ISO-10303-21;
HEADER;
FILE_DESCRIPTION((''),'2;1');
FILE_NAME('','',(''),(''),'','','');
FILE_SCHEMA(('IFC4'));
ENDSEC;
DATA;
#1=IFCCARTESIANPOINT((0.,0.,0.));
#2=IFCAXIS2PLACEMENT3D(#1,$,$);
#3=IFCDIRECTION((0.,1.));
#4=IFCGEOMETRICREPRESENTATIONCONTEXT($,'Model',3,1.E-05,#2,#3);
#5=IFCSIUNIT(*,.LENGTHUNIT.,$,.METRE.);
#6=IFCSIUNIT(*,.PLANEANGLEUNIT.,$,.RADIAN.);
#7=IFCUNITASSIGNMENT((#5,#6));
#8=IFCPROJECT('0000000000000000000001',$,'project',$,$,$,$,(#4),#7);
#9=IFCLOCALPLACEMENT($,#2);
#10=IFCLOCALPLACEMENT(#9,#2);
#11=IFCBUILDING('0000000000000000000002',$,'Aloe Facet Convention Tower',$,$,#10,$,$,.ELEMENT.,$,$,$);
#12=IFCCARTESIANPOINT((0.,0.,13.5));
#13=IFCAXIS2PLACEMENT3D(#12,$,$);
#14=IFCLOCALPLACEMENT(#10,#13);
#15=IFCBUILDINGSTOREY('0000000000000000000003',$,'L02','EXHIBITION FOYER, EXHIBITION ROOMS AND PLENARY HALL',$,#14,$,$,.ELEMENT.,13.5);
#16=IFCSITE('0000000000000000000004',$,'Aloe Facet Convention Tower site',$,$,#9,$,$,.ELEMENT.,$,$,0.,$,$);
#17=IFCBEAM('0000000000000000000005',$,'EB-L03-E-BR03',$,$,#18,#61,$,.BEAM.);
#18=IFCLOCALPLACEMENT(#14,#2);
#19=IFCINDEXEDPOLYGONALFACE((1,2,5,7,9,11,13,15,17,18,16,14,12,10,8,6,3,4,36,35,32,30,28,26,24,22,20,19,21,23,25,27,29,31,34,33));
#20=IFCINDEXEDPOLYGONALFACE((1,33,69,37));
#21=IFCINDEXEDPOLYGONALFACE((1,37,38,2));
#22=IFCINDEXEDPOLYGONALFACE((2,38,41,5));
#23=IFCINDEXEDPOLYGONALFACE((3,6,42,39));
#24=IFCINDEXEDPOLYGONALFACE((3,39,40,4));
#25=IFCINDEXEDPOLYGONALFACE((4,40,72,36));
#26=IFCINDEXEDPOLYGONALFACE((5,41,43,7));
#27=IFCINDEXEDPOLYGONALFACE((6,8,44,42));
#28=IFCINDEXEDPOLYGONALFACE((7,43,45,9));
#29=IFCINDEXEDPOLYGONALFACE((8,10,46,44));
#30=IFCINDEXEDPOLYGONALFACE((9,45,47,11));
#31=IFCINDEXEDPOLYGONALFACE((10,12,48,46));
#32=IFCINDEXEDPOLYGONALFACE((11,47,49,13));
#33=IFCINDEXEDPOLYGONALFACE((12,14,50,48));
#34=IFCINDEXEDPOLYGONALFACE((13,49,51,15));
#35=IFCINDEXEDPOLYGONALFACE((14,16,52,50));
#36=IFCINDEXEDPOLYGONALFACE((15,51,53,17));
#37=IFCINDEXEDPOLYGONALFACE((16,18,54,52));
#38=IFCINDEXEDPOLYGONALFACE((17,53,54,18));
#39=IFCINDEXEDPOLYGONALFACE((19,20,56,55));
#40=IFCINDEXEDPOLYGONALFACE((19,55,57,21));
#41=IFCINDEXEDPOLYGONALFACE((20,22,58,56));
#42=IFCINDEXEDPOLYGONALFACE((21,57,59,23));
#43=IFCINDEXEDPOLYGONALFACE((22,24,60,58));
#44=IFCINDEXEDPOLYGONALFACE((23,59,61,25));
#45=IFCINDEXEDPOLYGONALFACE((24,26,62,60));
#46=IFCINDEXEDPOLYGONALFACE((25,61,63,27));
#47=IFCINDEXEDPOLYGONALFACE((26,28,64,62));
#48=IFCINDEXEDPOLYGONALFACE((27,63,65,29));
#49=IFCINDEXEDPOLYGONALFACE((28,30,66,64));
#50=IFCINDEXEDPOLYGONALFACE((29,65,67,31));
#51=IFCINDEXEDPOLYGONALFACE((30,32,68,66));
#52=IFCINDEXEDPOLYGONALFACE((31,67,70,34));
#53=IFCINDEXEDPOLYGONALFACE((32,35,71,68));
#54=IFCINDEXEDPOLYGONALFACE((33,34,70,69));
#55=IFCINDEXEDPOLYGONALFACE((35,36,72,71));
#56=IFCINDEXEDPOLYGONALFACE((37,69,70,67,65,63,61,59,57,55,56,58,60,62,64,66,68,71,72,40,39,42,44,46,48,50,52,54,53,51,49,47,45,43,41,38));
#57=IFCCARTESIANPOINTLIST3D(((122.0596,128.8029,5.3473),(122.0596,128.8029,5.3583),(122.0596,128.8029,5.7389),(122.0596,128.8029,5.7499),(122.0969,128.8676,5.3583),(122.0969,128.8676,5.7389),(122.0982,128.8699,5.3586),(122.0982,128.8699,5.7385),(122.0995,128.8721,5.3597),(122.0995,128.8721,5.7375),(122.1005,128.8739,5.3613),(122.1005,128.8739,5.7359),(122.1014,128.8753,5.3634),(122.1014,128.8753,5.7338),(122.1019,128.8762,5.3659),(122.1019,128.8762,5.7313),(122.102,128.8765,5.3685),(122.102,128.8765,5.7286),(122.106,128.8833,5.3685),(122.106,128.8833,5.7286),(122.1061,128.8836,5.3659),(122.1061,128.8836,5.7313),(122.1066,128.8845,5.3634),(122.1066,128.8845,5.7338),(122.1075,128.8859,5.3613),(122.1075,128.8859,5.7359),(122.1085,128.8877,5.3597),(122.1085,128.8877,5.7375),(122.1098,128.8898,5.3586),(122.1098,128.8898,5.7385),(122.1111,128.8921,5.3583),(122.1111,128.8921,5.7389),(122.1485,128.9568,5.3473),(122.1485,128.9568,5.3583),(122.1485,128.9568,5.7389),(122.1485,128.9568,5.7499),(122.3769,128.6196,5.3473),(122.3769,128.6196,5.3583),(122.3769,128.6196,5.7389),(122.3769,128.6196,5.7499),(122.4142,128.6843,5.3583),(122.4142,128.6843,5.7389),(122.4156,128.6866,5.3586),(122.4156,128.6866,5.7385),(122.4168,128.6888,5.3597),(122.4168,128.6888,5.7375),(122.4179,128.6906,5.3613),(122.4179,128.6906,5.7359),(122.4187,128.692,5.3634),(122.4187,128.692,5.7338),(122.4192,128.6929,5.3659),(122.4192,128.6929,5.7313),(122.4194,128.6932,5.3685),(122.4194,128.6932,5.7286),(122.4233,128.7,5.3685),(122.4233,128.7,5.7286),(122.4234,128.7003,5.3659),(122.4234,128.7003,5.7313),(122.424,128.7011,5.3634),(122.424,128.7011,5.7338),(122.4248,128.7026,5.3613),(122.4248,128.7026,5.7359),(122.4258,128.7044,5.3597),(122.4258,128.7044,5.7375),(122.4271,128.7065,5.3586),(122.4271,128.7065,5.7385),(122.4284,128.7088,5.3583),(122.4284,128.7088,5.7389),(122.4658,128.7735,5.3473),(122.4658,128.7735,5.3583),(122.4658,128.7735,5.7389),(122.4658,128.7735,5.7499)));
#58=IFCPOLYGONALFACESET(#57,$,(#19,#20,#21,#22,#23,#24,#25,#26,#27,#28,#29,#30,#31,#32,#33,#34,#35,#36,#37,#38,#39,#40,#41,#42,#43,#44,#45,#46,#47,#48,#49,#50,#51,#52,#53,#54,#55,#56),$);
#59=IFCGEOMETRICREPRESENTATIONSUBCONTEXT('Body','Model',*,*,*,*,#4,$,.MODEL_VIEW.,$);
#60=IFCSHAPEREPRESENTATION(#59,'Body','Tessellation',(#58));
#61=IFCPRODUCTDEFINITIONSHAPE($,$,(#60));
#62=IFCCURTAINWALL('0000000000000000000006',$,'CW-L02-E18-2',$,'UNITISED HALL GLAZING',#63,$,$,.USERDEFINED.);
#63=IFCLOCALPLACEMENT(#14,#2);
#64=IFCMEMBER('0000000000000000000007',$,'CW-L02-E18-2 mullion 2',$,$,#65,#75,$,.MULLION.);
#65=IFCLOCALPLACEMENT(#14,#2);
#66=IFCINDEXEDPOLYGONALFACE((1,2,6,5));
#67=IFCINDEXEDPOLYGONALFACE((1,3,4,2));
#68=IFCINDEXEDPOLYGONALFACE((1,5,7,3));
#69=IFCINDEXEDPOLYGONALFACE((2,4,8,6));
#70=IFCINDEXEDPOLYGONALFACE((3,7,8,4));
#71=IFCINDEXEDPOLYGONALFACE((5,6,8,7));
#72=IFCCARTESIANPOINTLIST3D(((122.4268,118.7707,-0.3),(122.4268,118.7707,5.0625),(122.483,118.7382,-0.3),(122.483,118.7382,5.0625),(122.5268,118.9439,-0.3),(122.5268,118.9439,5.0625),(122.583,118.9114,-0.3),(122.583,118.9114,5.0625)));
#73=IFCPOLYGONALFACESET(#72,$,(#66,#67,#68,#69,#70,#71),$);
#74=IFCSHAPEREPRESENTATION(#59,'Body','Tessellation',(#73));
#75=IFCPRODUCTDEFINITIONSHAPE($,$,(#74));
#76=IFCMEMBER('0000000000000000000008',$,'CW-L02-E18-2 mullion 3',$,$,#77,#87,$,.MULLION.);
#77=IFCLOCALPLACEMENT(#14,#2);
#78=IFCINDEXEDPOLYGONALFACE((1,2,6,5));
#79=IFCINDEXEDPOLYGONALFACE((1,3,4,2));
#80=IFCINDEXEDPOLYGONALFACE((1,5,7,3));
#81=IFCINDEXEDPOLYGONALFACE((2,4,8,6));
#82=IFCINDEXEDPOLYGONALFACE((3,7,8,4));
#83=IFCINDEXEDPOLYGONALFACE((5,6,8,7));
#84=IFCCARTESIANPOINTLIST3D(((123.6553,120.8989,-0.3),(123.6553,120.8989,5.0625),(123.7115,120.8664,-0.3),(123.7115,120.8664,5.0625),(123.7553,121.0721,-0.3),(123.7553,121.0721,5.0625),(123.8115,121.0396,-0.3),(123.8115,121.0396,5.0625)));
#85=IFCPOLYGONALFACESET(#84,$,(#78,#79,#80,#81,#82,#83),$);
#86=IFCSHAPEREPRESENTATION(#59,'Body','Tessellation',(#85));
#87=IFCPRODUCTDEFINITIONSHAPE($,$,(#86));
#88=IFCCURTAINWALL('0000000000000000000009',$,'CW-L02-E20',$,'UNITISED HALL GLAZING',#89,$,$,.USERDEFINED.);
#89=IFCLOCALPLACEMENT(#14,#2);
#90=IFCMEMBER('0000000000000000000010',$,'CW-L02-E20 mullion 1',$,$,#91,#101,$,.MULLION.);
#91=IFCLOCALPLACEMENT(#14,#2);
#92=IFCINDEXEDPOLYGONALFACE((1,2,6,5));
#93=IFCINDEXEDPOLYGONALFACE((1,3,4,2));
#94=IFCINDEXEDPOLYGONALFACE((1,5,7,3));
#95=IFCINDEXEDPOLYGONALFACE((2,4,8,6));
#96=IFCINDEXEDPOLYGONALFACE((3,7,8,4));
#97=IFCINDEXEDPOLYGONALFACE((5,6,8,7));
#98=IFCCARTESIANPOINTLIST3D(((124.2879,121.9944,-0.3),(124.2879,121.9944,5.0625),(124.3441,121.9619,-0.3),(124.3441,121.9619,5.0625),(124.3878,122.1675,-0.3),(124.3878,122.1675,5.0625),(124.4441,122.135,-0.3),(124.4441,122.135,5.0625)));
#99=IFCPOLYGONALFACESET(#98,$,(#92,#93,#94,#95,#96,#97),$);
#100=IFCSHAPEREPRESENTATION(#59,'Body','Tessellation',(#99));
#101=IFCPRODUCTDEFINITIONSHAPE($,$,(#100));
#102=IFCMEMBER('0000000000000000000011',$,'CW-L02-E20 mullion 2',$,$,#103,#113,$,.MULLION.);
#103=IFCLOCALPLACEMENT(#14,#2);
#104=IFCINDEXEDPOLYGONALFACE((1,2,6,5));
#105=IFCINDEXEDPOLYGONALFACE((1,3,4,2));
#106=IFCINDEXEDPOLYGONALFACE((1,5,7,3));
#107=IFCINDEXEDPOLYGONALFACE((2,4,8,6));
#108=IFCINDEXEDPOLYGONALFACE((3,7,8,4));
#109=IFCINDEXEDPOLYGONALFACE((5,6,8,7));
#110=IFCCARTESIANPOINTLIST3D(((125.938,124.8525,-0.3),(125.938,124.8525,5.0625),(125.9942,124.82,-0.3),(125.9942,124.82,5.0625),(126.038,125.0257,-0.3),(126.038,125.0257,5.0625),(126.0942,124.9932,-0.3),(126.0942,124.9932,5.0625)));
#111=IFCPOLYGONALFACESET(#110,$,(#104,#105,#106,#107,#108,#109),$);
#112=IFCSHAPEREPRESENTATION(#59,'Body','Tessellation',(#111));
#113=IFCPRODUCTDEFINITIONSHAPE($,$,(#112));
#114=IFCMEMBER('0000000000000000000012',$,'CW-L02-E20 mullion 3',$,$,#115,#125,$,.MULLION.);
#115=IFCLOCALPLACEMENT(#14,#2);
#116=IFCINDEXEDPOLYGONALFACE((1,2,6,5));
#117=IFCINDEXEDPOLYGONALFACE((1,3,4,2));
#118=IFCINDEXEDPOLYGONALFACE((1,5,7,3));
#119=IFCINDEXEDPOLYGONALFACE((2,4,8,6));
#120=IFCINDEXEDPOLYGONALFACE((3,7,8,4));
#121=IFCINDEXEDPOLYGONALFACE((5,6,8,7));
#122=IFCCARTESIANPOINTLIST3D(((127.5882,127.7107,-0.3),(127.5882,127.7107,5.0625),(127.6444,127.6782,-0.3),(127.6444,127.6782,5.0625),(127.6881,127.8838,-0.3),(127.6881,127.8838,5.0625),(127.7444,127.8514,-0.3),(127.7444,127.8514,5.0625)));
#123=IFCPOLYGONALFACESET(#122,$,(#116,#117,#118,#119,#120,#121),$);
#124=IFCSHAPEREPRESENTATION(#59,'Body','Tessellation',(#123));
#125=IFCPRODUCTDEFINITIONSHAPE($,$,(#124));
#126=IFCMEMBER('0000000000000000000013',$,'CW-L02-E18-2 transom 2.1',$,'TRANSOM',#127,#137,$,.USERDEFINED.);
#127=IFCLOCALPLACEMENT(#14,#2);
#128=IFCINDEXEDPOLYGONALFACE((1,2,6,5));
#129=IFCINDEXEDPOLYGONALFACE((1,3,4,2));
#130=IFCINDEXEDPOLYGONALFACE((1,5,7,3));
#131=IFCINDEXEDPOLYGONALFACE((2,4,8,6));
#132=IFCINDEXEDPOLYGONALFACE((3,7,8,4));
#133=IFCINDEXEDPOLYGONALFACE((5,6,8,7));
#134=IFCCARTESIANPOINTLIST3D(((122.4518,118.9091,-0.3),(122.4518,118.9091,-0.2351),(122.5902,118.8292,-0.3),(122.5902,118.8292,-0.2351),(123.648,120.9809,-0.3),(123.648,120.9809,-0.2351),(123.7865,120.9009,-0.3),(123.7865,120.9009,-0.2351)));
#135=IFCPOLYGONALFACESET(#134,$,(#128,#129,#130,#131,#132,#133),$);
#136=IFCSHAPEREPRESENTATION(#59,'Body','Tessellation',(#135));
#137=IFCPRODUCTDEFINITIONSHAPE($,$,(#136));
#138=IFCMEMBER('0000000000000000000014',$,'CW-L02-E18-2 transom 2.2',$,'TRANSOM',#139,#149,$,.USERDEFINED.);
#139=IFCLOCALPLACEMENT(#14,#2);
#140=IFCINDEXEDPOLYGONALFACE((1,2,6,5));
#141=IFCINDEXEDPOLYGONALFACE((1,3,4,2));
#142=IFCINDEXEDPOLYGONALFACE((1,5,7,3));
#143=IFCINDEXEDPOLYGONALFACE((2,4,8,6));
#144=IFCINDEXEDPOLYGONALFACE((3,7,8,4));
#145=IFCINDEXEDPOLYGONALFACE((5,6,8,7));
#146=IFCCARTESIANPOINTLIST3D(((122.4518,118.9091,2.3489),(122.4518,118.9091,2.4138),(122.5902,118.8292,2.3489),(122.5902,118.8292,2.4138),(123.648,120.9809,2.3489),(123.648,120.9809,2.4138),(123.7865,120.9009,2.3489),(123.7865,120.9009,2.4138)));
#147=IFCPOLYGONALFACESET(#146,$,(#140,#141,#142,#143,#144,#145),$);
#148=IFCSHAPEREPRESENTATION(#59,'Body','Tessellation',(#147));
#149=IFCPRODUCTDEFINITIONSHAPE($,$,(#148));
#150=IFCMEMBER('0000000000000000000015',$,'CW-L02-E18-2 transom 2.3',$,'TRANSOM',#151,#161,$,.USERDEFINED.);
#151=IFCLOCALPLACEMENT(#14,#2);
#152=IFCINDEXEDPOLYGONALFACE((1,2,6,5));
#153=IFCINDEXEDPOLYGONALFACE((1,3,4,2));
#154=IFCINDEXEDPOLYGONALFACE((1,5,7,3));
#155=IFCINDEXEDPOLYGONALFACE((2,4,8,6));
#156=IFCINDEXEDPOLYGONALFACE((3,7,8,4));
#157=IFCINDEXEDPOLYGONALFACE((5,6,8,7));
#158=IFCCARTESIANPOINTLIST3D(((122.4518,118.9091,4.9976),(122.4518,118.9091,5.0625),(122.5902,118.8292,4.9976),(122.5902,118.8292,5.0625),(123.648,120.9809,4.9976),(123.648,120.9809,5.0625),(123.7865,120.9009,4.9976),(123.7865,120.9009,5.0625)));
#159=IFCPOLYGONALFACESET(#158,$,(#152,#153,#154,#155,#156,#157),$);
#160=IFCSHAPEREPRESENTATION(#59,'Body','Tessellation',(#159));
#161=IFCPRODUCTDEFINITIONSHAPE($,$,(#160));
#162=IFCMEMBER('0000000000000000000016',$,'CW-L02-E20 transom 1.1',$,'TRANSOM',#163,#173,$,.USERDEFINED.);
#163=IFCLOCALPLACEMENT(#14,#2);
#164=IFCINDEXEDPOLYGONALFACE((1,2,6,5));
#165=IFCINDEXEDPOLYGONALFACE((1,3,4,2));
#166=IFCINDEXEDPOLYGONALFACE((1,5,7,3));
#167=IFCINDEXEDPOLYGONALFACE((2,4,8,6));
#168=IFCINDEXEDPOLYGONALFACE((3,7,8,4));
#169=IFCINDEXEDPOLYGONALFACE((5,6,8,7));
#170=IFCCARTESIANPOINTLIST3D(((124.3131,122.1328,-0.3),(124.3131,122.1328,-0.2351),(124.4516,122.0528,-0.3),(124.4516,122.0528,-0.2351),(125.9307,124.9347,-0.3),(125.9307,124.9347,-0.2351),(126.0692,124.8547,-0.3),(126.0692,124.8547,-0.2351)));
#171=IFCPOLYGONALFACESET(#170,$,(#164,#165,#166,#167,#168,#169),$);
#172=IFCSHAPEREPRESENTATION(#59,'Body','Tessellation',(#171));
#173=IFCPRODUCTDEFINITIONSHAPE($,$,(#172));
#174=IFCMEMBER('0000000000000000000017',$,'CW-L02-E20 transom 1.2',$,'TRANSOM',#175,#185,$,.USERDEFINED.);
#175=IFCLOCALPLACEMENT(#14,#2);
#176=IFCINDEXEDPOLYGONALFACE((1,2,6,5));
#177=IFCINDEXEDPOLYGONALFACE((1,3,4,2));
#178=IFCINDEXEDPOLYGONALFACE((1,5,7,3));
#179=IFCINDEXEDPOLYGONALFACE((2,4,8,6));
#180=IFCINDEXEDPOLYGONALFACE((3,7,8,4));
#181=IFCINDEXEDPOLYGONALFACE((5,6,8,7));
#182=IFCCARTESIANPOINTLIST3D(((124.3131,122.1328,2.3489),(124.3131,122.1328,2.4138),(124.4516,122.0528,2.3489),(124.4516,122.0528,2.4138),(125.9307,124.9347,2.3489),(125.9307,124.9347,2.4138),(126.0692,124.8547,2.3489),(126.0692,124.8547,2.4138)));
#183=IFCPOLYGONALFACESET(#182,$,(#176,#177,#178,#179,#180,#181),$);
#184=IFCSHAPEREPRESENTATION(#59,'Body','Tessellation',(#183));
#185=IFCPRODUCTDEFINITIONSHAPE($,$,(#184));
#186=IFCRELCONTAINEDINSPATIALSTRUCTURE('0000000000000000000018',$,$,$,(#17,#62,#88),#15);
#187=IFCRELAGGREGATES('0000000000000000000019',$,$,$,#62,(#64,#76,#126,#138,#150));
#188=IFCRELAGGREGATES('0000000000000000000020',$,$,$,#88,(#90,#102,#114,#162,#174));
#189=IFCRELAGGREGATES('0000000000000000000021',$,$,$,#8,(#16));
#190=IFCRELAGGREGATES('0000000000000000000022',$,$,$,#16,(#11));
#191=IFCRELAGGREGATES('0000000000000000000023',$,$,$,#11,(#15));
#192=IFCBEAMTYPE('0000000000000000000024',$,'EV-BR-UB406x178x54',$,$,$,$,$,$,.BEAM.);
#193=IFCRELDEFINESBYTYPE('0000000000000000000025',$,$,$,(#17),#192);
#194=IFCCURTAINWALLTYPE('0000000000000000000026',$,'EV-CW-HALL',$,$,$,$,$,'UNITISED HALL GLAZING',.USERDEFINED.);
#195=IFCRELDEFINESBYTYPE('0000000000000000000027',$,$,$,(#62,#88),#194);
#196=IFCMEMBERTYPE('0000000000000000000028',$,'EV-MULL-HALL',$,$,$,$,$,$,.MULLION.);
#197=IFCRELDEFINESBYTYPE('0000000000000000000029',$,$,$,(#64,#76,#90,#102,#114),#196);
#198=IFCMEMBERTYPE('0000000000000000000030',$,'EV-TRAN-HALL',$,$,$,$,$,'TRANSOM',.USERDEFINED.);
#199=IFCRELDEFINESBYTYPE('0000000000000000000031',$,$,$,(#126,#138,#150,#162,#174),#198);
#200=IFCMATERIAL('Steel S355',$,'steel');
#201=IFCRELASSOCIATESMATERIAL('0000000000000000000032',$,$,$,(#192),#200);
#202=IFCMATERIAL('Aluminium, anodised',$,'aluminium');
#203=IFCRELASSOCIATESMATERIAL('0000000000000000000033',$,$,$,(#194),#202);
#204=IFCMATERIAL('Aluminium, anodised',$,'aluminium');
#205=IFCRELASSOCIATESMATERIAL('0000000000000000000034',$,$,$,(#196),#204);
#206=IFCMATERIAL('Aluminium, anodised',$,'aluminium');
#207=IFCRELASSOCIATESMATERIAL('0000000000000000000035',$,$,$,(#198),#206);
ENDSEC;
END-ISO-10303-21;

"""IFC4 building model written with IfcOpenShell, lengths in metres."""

from ifc_helpers import new_model, si_unit, direction, frame, origin, origin_2d, place, context, subcontext, project, spatial, rectangle, i_section, extrude, material, material_profile, profile_set, type_object, element, aggregate, save


model = new_model("IFC4")

# Units and contexts
model_context = context("Model", 3, precision=1e-05, world=origin(), true_north=direction((0.0, 1.0)))
body_context = subcontext(model_context, "Body", "Model", "MODEL_VIEW")
ifc_project = project(units=[si_unit("LENGTHUNIT", "METRE"), si_unit("PLANEANGLEUNIT", "RADIAN")], contexts=[model_context])

# Site, building, storey
site_placement = place(None, origin())
site = spatial("IfcSite", under=ifc_project, at=site_placement, Name="Aloe Facet Convention Tower site", CompositionType="ELEMENT", RefElevation=0.0)
building_placement = place(site_placement, origin())
building = spatial("IfcBuilding", under=site, at=building_placement, Name="Aloe Facet Convention Tower", CompositionType="ELEMENT")
storey_placement = place(building_placement, frame((0.0, 0.0, 13.5)))
storey = spatial("IfcBuildingStorey", under=building, at=storey_placement, Name="L02", Description="EXHIBITION FOYER, EXHIBITION ROOMS AND PLENARY HALL", CompositionType="ELEMENT", Elevation=13.5)

# Beam
ifc_material_1 = material(Name="Steel S355", Category="steel")
ifc_material_profile_1 = material_profile(ifc_material_1, i_section(OverallWidth=0.1777, OverallDepth=0.4026, WebThickness=0.0078, FlangeThickness=0.011, FilletRadius=0.0103, at=origin_2d()), Name="UB 406x178x54")
ifc_profile_set_1 = profile_set([ifc_material_profile_1], Name="Steel S355")
beam_type_1 = type_object("IfcBeamType", Name="EV-BR-UB406x178x54", PredefinedType="BEAM", material=ifc_profile_set_1)
beam_1_placement = place(storey_placement, frame((122.104, 128.8799, 5.5486), z_axis=(0.865897, -0.500222, 0.0), x_axis=(0.500222, 0.865897, 0.0)))
element("IfcBeam", 1, at=beam_1_placement, inside=storey, type_object=beam_type_1, Name="EB-L03-E-BR03", PredefinedType="BEAM", context=body_context, shape_type="SweptSolid", body=[
    extrude(i_section(OverallWidth=0.1777, OverallDepth=0.4026, WebThickness=0.0078, FlangeThickness=0.011, FilletRadius=0.0103, at=origin_2d()), origin(), (0.0, 0.0, 1.0), 0.3665),
])

# Curtain walls, members
ifc_material_2 = material(Name="Aluminium, anodised", Category="aluminium")
curtain_wall_type = type_object("IfcCurtainWallType", Name="EV-CW-HALL", ElementType="UNITISED HALL GLAZING", PredefinedType="USERDEFINED", material=ifc_material_2)
curtain_wall_1_placement = place(storey_placement, origin())
curtain_wall_1 = element("IfcCurtainWall", 2, at=curtain_wall_1_placement, inside=storey, type_object=curtain_wall_type, Name="CW-L02-E18-2", ObjectType="UNITISED HALL GLAZING", PredefinedType="USERDEFINED")
ifc_material_3 = material(Name="Aluminium, anodised", Category="aluminium")
ifc_material_profile_2 = material_profile(ifc_material_3, rectangle(XDim=0.0649, YDim=0.2, at=origin_2d()), Name="AL 65x200")
ifc_profile_set_2 = profile_set([ifc_material_profile_2], Name="Aluminium, anodised")
member_type_1 = type_object("IfcMemberType", Name="EV-MULL-HALL", PredefinedType="MULLION", material=ifc_profile_set_2)
member_1_placement = place(storey_placement, frame((122.5049, 118.8411, -0.3), z_axis=(0.0, 0.0, 1.0), x_axis=(-0.866025, 0.5, 0.0)))
member_1 = element("IfcMember", 3, at=member_1_placement, type_object=member_type_1, Name="CW-L02-E18-2 mullion 2", PredefinedType="MULLION", context=body_context, shape_type="SweptSolid", body=[
    extrude(rectangle(XDim=0.0649, YDim=0.2, at=origin_2d()), origin(), (0.0, 0.0, 1.0), 5.3625),
])
member_2_placement = place(storey_placement, frame((123.7334, 120.9692, -0.3), z_axis=(0.0, 0.0, 1.0), x_axis=(-0.866025, 0.5, 0.0)))
member_2 = element("IfcMember", 4, at=member_2_placement, type_object=member_type_1, Name="CW-L02-E18-2 mullion 3", PredefinedType="MULLION", context=body_context, shape_type="SweptSolid", body=[
    extrude(rectangle(XDim=0.0649, YDim=0.2, at=origin_2d()), origin(), (0.0, 0.0, 1.0), 5.3625),
])
curtain_wall_2_placement = place(storey_placement, origin())
curtain_wall_2 = element("IfcCurtainWall", 5, at=curtain_wall_2_placement, inside=storey, type_object=curtain_wall_type, Name="CW-L02-E20", ObjectType="UNITISED HALL GLAZING", PredefinedType="USERDEFINED")
member_3_placement = place(storey_placement, frame((124.366, 122.0647, -0.3), z_axis=(0.0, 0.0, 1.0), x_axis=(-0.866025, 0.5, 0.0)))
member_3 = element("IfcMember", 6, at=member_3_placement, type_object=member_type_1, Name="CW-L02-E20 mullion 1", PredefinedType="MULLION", context=body_context, shape_type="SweptSolid", body=[
    extrude(rectangle(XDim=0.0649, YDim=0.2, at=origin_2d()), origin(), (0.0, 0.0, 1.0), 5.3625),
])
member_4_placement = place(storey_placement, frame((126.0161, 124.9229, -0.3), z_axis=(0.0, 0.0, 1.0), x_axis=(-0.866025, 0.5, 0.0)))
member_4 = element("IfcMember", 7, at=member_4_placement, type_object=member_type_1, Name="CW-L02-E20 mullion 2", PredefinedType="MULLION", context=body_context, shape_type="SweptSolid", body=[
    extrude(rectangle(XDim=0.0649, YDim=0.2, at=origin_2d()), origin(), (0.0, 0.0, 1.0), 5.3625),
])
member_5_placement = place(storey_placement, frame((127.6663, 127.781, -0.3), z_axis=(0.0, 0.0, 1.0), x_axis=(-0.866025, 0.5, 0.0)))
member_5 = element("IfcMember", 8, at=member_5_placement, type_object=member_type_1, Name="CW-L02-E20 mullion 3", PredefinedType="MULLION", context=body_context, shape_type="SweptSolid", body=[
    extrude(rectangle(XDim=0.0649, YDim=0.2, at=origin_2d()), origin(), (0.0, 0.0, 1.0), 5.3625),
])

# Members
ifc_material_4 = material(Name="Aluminium, anodised", Category="aluminium")
ifc_material_profile_3 = material_profile(ifc_material_4, rectangle(XDim=0.1599, YDim=0.0649, at=origin_2d()), Name="AL 160x65")
ifc_profile_set_3 = profile_set([ifc_material_profile_3], Name="Aluminium, anodised")
member_type_2 = type_object("IfcMemberType", Name="EV-TRAN-HALL", ElementType="TRANSOM", PredefinedType="USERDEFINED", material=ifc_profile_set_3)
member_6_placement = place(storey_placement, frame((122.521, 118.8691, -0.2676), z_axis=(0.500046, 0.865999, 0.0), x_axis=(-0.865999, 0.500046, 0.0)))
member_6 = element("IfcMember", 9, at=member_6_placement, type_object=member_type_2, Name="CW-L02-E18-2 transom 2.1", ObjectType="TRANSOM", PredefinedType="USERDEFINED", context=body_context, shape_type="SweptSolid", body=[
    extrude(rectangle(XDim=0.1599, YDim=0.0649, at=origin_2d()), origin(), (0.0, 0.0, 1.0), 2.3923),
])
member_7_placement = place(storey_placement, frame((122.521, 118.8691, 2.3813), z_axis=(0.500046, 0.865999, 0.0), x_axis=(-0.865999, 0.500046, 0.0)))
member_7 = element("IfcMember", 10, at=member_7_placement, type_object=member_type_2, Name="CW-L02-E18-2 transom 2.2", ObjectType="TRANSOM", PredefinedType="USERDEFINED", context=body_context, shape_type="SweptSolid", body=[
    extrude(rectangle(XDim=0.1599, YDim=0.0649, at=origin_2d()), origin(), (0.0, 0.0, 1.0), 2.3923),
])
member_8_placement = place(storey_placement, frame((122.521, 118.8691, 5.03), z_axis=(0.500046, 0.865999, 0.0), x_axis=(-0.865999, 0.500046, 0.0)))
member_8 = element("IfcMember", 11, at=member_8_placement, type_object=member_type_2, Name="CW-L02-E18-2 transom 2.3", ObjectType="TRANSOM", PredefinedType="USERDEFINED", context=body_context, shape_type="SweptSolid", body=[
    extrude(rectangle(XDim=0.1599, YDim=0.0649, at=origin_2d()), origin(), (0.0, 0.0, 1.0), 2.3923),
])
member_9_placement = place(storey_placement, frame((124.3823, 122.0928, -0.2676), z_axis=(0.499986, 0.866034, 0.0), x_axis=(-0.866034, 0.499986, 0.0)))
member_9 = element("IfcMember", 12, at=member_9_placement, type_object=member_type_2, Name="CW-L02-E20 transom 1.1", ObjectType="TRANSOM", PredefinedType="USERDEFINED", context=body_context, shape_type="SweptSolid", body=[
    extrude(rectangle(XDim=0.1599, YDim=0.0649, at=origin_2d()), origin(), (0.0, 0.0, 1.0), 3.2354),
])
member_10_placement = place(storey_placement, frame((124.3823, 122.0928, 2.3813), z_axis=(0.499986, 0.866034, 0.0), x_axis=(-0.866034, 0.499986, 0.0)))
member_10 = element("IfcMember", 13, at=member_10_placement, type_object=member_type_2, Name="CW-L02-E20 transom 1.2", ObjectType="TRANSOM", PredefinedType="USERDEFINED", context=body_context, shape_type="SweptSolid", body=[
    extrude(rectangle(XDim=0.1599, YDim=0.0649, at=origin_2d()), origin(), (0.0, 0.0, 1.0), 3.2354),
])

aggregate(curtain_wall_1, [member_1, member_2, member_6, member_7, member_8])
aggregate(curtain_wall_2, [member_3, member_4, member_5, member_9, member_10])

save(model, "model.ifc")
